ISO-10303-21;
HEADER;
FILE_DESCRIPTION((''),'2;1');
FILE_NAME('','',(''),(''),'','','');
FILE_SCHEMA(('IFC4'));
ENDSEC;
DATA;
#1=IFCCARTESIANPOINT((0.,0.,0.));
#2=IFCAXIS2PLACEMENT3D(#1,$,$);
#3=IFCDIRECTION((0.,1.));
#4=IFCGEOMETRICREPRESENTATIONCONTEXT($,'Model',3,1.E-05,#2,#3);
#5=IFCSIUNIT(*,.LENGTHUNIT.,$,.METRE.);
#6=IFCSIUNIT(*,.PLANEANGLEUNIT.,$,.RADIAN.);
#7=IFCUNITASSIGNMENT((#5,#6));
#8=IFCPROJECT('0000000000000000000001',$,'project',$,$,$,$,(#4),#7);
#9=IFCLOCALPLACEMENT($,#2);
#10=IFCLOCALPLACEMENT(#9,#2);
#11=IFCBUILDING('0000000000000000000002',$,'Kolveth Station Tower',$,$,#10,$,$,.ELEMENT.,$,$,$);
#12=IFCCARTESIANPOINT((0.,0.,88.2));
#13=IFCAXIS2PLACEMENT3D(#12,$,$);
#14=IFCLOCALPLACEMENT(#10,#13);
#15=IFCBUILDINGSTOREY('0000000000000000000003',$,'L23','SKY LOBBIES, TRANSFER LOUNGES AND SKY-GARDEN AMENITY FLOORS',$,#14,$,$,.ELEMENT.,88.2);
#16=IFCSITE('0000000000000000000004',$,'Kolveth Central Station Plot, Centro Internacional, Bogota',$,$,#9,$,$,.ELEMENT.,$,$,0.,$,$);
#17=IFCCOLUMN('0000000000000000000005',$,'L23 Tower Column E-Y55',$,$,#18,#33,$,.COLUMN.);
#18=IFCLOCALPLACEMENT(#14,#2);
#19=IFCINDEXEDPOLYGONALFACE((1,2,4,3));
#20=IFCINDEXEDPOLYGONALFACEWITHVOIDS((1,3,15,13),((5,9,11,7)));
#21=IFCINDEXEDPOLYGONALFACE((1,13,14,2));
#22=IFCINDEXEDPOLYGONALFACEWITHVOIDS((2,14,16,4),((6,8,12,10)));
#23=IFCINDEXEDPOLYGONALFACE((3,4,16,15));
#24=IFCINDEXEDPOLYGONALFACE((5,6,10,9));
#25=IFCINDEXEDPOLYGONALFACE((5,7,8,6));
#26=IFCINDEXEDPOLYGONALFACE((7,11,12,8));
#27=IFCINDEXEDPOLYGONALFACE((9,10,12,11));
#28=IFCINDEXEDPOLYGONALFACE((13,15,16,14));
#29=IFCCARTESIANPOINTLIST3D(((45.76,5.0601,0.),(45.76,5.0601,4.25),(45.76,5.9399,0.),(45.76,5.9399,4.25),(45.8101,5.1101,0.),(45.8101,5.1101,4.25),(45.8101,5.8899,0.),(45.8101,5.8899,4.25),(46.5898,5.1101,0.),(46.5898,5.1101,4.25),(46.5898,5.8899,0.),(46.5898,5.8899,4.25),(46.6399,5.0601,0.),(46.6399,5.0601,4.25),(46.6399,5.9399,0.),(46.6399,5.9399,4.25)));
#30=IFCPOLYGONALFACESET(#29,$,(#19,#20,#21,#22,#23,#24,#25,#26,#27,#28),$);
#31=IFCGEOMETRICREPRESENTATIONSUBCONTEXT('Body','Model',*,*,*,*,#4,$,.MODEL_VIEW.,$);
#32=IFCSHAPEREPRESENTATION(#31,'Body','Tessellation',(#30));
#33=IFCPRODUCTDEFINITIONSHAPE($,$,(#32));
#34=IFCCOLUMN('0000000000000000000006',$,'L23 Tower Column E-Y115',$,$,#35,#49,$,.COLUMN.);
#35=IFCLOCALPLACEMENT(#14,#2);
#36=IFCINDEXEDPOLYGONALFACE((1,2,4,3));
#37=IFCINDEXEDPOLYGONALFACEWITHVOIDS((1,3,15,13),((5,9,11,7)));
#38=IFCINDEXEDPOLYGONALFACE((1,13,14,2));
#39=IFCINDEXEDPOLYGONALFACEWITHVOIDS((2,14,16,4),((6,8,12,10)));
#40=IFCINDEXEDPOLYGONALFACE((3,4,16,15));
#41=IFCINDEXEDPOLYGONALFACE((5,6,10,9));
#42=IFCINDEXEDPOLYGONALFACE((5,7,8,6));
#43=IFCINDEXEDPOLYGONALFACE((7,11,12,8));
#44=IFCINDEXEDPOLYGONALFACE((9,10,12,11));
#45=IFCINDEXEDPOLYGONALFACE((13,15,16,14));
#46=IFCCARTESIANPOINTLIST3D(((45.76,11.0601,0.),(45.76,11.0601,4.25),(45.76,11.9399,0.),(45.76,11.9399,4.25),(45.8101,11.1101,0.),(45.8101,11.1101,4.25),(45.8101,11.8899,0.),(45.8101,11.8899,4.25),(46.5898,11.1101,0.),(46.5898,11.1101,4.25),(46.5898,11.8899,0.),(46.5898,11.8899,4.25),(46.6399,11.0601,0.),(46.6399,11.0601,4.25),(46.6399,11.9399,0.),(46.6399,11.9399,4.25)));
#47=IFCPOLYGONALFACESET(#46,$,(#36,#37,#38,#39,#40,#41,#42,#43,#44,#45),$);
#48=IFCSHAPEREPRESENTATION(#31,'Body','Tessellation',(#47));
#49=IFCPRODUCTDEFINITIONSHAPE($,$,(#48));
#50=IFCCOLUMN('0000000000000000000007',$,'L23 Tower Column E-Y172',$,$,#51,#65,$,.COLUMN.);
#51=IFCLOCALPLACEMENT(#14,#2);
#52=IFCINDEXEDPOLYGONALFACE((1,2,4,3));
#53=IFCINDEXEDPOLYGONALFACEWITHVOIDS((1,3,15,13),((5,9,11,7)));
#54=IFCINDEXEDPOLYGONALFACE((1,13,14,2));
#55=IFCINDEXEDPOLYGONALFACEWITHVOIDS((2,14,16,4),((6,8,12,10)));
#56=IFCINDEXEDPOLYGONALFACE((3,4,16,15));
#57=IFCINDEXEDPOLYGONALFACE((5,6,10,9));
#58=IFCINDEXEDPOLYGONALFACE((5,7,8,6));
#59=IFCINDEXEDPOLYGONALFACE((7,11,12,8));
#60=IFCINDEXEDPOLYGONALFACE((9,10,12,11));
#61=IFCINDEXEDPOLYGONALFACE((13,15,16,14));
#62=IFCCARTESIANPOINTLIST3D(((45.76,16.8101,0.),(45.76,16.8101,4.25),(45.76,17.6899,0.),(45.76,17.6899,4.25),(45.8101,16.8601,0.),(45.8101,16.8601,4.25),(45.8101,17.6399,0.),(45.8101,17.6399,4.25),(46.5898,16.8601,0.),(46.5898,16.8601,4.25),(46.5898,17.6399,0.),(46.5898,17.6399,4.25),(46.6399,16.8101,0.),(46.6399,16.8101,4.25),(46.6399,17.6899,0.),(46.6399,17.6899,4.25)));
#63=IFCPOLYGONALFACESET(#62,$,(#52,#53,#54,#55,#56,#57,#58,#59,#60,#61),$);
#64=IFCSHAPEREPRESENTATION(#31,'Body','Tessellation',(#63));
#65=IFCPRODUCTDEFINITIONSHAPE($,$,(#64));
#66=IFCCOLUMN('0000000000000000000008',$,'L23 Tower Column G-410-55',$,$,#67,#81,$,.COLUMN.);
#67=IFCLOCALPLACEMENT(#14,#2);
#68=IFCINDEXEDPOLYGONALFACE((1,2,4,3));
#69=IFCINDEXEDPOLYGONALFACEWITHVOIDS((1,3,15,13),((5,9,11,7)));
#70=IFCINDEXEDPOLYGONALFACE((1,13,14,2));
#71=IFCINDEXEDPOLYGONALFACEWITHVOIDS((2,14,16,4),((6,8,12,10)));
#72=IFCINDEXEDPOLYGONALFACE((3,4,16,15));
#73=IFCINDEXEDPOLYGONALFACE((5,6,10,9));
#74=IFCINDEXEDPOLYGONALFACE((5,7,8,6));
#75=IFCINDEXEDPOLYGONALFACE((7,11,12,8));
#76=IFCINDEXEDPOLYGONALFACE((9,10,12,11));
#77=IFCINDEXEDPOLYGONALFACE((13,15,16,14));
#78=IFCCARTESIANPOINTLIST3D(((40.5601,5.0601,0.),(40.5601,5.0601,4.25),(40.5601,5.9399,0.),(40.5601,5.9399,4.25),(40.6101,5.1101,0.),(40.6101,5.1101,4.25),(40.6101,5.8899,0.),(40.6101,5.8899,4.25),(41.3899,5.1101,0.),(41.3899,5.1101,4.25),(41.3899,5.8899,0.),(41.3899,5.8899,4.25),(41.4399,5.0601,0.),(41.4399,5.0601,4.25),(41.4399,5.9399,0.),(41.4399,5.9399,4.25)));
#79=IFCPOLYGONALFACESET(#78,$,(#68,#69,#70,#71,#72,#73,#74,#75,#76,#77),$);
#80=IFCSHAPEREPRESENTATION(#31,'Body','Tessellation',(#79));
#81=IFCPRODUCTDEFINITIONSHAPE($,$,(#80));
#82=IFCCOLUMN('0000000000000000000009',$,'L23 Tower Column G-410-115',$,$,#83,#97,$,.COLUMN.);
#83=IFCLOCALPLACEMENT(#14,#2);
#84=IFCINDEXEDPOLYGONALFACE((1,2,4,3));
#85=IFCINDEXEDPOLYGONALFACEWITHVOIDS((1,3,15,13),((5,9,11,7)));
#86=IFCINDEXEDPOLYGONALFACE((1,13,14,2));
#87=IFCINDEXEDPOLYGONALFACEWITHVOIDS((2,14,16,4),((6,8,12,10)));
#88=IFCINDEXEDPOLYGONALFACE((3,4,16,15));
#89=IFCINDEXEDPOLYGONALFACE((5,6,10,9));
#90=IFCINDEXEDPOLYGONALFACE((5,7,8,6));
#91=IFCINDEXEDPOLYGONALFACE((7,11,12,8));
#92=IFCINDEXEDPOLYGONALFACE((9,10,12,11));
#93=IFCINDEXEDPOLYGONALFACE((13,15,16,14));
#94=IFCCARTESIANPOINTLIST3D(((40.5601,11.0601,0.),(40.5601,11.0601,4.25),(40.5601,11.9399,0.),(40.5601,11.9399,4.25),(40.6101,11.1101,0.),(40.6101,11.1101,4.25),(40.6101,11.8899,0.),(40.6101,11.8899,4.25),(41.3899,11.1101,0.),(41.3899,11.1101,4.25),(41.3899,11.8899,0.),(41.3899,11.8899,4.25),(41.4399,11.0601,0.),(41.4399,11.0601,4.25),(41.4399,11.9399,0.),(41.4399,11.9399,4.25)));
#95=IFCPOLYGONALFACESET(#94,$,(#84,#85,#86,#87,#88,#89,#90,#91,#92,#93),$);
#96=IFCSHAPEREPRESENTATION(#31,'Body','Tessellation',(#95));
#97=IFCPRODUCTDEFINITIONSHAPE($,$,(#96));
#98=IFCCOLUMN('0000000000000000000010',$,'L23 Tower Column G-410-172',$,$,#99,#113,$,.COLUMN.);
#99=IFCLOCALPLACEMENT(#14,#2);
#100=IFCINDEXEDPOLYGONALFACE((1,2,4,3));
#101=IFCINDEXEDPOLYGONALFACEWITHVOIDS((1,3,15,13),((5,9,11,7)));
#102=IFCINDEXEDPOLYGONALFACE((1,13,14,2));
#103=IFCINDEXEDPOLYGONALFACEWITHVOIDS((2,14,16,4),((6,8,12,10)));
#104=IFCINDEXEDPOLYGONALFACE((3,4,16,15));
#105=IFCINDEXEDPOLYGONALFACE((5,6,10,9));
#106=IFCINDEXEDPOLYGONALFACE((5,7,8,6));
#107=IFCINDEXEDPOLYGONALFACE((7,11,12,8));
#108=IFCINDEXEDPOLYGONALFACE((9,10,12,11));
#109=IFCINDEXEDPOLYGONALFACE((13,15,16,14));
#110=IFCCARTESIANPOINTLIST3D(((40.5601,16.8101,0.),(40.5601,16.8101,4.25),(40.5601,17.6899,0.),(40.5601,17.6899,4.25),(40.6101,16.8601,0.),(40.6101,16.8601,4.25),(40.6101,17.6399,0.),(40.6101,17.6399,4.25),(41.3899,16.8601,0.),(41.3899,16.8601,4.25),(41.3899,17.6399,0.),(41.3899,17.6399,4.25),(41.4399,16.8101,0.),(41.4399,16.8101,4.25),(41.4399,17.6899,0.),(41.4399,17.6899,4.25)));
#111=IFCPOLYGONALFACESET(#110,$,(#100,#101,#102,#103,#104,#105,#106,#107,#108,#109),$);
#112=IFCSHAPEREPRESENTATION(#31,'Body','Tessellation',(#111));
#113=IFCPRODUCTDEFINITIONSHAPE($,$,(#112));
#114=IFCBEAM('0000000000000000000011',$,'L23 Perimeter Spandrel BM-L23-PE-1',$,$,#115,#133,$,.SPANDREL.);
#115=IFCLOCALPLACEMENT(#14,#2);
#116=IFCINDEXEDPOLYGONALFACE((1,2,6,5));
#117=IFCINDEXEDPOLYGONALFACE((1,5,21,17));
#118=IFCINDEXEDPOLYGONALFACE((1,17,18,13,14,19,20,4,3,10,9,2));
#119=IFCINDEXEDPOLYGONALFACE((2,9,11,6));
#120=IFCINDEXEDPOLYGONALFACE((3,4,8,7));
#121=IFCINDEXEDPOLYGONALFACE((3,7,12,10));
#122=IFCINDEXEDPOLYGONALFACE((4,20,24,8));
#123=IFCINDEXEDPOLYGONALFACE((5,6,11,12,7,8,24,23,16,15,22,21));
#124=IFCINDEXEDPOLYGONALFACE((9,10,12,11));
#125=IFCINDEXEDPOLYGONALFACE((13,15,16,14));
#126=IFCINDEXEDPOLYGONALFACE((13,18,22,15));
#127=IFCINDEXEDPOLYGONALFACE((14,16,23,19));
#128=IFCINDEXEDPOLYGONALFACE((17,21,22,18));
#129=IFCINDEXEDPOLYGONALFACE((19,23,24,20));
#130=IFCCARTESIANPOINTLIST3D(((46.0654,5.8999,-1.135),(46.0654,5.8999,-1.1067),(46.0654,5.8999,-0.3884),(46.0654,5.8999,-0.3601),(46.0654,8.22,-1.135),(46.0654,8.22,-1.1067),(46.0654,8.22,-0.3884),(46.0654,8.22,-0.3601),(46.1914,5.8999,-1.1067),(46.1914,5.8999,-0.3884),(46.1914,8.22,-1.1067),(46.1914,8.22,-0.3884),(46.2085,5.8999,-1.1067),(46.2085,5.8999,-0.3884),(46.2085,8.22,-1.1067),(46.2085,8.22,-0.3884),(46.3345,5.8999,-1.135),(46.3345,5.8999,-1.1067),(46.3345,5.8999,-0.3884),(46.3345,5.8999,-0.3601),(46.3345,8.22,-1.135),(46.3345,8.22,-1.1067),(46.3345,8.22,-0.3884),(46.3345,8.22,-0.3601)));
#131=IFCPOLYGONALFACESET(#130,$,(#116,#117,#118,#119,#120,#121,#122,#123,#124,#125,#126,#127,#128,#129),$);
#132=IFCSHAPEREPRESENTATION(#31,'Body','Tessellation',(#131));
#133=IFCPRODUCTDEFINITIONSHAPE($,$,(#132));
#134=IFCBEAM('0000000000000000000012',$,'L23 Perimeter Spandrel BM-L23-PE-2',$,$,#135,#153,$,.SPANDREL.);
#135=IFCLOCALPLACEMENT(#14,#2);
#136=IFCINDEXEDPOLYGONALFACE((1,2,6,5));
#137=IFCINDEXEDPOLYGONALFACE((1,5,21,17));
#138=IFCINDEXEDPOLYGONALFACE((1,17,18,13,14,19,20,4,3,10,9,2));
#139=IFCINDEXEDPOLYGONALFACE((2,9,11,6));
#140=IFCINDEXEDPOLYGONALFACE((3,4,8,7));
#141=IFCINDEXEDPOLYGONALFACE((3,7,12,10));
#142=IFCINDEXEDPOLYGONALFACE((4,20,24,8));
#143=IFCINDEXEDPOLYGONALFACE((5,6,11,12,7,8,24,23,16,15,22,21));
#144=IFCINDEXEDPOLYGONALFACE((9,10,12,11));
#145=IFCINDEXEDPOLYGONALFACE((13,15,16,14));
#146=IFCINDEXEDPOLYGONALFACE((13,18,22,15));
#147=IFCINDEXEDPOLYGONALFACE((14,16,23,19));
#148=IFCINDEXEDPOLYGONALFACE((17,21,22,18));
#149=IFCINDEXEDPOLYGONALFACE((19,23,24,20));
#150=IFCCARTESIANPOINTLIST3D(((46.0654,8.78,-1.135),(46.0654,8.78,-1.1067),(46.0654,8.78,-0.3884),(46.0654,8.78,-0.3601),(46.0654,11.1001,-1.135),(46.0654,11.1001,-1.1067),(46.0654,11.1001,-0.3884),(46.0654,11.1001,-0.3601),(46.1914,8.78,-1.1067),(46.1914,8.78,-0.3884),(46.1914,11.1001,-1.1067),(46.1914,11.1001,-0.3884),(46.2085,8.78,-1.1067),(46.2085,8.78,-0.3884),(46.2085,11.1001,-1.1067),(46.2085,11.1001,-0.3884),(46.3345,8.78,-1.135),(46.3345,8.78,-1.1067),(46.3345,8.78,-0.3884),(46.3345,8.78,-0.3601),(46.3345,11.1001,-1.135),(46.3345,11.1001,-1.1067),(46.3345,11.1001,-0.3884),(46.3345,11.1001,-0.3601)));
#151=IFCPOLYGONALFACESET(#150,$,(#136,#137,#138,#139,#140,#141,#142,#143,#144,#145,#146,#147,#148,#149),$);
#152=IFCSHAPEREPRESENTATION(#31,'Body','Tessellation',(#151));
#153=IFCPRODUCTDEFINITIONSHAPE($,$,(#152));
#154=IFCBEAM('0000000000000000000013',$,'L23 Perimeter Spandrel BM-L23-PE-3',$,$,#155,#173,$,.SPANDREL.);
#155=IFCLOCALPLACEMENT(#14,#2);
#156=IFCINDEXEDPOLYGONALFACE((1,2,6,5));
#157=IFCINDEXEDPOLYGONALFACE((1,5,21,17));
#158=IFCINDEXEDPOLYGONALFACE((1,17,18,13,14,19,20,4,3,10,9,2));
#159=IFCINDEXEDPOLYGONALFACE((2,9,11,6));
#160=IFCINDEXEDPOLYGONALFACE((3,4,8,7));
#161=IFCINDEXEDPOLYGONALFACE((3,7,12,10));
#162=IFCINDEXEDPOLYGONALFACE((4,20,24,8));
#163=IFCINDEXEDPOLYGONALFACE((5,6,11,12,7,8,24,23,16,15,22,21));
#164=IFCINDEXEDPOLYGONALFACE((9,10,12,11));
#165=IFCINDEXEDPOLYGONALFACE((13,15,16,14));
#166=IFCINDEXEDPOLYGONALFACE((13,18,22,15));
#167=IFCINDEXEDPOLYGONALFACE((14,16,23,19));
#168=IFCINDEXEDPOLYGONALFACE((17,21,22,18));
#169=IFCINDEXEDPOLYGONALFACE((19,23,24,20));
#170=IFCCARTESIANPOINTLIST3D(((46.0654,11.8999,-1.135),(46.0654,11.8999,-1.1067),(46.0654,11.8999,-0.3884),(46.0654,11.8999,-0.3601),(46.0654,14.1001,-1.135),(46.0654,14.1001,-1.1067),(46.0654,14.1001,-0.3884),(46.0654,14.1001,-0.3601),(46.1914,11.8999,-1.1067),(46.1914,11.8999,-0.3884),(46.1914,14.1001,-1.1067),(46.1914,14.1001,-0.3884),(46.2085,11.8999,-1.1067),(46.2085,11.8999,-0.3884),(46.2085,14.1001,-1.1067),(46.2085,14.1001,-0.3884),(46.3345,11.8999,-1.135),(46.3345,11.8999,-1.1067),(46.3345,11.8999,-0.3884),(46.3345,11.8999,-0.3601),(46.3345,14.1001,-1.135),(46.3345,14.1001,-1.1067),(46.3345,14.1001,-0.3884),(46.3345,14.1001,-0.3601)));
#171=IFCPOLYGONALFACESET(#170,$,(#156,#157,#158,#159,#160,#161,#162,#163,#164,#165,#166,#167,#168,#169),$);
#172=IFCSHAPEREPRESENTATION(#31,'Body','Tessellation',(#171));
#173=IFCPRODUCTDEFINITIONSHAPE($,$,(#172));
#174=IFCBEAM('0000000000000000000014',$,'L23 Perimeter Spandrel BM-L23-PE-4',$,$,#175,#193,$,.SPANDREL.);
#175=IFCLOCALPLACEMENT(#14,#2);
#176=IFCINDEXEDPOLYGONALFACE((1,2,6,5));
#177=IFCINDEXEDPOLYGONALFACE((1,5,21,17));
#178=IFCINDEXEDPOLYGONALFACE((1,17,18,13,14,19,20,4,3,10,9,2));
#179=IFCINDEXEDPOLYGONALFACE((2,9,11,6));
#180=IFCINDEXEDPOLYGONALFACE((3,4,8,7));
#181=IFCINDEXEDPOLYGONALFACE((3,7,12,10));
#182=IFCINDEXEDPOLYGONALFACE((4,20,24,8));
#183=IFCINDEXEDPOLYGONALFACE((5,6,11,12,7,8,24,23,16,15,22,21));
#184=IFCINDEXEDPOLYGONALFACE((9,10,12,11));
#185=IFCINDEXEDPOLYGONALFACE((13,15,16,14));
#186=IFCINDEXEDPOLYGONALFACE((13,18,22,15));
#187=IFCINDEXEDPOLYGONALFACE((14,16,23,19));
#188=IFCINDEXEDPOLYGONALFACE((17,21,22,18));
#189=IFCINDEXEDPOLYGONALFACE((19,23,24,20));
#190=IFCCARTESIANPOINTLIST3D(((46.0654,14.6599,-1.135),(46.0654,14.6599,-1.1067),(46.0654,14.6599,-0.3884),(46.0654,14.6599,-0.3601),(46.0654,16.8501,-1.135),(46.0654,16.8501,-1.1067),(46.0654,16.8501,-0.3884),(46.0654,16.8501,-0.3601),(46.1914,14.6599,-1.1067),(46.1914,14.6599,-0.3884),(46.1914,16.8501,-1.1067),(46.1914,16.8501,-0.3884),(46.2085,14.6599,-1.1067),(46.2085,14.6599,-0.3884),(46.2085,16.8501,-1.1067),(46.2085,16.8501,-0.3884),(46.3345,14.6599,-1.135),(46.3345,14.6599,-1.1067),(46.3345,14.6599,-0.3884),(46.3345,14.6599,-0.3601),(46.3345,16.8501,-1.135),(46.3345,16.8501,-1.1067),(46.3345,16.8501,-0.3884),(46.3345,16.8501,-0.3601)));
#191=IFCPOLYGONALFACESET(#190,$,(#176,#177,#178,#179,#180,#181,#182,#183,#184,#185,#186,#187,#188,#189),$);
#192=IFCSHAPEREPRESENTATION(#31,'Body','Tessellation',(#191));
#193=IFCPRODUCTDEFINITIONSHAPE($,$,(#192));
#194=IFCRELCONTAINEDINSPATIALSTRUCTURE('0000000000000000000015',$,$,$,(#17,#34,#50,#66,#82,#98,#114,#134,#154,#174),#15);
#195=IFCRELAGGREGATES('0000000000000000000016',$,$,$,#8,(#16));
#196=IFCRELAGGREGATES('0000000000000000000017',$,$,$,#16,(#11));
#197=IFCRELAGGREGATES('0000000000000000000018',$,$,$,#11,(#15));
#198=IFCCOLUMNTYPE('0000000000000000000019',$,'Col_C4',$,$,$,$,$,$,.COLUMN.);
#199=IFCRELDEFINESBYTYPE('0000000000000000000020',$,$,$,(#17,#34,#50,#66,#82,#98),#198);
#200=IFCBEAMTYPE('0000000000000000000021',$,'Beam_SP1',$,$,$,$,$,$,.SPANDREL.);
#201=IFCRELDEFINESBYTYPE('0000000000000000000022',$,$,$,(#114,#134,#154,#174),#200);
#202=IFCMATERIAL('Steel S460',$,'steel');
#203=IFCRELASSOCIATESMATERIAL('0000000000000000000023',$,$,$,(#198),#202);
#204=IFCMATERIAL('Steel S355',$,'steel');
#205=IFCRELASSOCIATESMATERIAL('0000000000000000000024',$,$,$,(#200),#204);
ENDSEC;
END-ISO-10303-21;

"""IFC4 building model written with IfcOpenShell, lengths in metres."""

from ifc_helpers import new_model, si_unit, direction, frame, origin, origin_2d, place, context, subcontext, project, spatial, hollow_rectangle, i_section, extrude, source, transform, mapped, material, material_profile, profile_set, type_object, element, save


model = new_model("IFC4")

# Units and contexts
model_context = context("Model", 3, precision=1e-05, world=origin(), true_north=direction((0.0, 1.0)))
body_context = subcontext(model_context, "Body", "Model", "MODEL_VIEW")
ifc_project = project(units=[si_unit("LENGTHUNIT", "METRE"), si_unit("PLANEANGLEUNIT", "RADIAN")], contexts=[model_context])

# Site, building, storey
site_placement = place(None, origin())
site = spatial("IfcSite", under=ifc_project, at=site_placement, Name="Kolveth Central Station Plot, Centro Internacional, Bogota", CompositionType="ELEMENT", RefElevation=0.0)
building_placement = place(site_placement, origin())
building = spatial("IfcBuilding", under=site, at=building_placement, Name="Kolveth Station Tower", CompositionType="ELEMENT")
storey_placement = place(building_placement, frame((0.0, 0.0, 88.2)))
storey = spatial("IfcBuildingStorey", under=building, at=storey_placement, Name="L23", Description="SKY LOBBIES, TRANSFER LOUNGES AND SKY-GARDEN AMENITY FLOORS", CompositionType="ELEMENT", Elevation=88.2)

# Columns
ifc_material_1 = material(Name="Steel S460", Category="steel")
ifc_material_profile_1 = material_profile(ifc_material_1, hollow_rectangle(XDim=0.8799, YDim=0.8799, WallThickness=0.05, at=origin_2d()), Name="BOX880x880x50")
ifc_profile_set_1 = profile_set([ifc_material_profile_1], Name="Steel S460")
column_type = type_object("IfcColumnType", Name="Col_C4", PredefinedType="COLUMN", material=ifc_profile_set_1)
shared_shape_1 = source(origin(), body_context, "Body", "SweptSolid", [
    extrude(hollow_rectangle(XDim=0.8799, YDim=0.8799, WallThickness=0.05, at=origin_2d()), origin(), (0.0, 0.0, 1.0), 4.25),
])
for number, where, z_axis, x_axis, name in (
    (1, (46.2, 5.5, 0.0), (0.0, 0.0, 1.0), (1.0, 0.0, 0.0), "L23 Tower Column E-Y55"),
    (2, (46.2, 11.5, 0.0), (0.0, 0.0, 1.0), (1.0, 0.0, 0.0), "L23 Tower Column E-Y115"),
    (3, (46.2, 17.25, 0.0), (0.0, 0.0, 1.0), (1.0, 0.0, 0.0), "L23 Tower Column E-Y172"),
    (4, (41.0, 5.5, 0.0), (0.0, 0.0, 1.0), (1.0, 0.0, 0.0), "L23 Tower Column G-410-55"),
    (5, (41.0, 11.5, 0.0), (0.0, 0.0, 1.0), (1.0, 0.0, 0.0), "L23 Tower Column G-410-115"),
    (6, (41.0, 17.25, 0.0), (0.0, 0.0, 1.0), (1.0, 0.0, 0.0), "L23 Tower Column G-410-172"),
):
    element("IfcColumn", number, at=place(storey_placement, frame(where, z_axis=z_axis, x_axis=x_axis)), inside=storey, type_object=column_type, Name=name, PredefinedType="COLUMN", context=body_context, shape_type="MappedRepresentation", body=[
        mapped(shared_shape_1, transform((0.0, 0.0, 0.0), x_axis=(1.0, 0.0, 0.0), y_axis=(0.0, 1.0, 0.0), z_axis=(0.0, 0.0, 1.0), scale=1.0)),
    ])

# Beams
ifc_material_2 = material(Name="Steel S355", Category="steel")
ifc_material_profile_2 = material_profile(ifc_material_2, i_section(OverallWidth=0.269, OverallDepth=0.7749, WebThickness=0.0171, FlangeThickness=0.0283, at=origin_2d()), Name="W760x220")
ifc_profile_set_2 = profile_set([ifc_material_profile_2], Name="Steel S355")
beam_type_1 = type_object("IfcBeamType", Name="Beam_SP1", PredefinedType="SPANDREL", material=ifc_profile_set_2)
shared_shape_2 = source(origin(), body_context, "Body", "SweptSolid", [
    extrude(i_section(OverallWidth=0.269, OverallDepth=0.7749, WebThickness=0.0171, FlangeThickness=0.0283, at=origin_2d()), origin(), (0.0, 0.0, 1.0), 2.3201),
])
for number, where, z_axis, x_axis, name in (
    (7, (46.2, 5.8999, -0.7476), (0.0, 1.0, 0.0), (-1.0, 0.0, 0.0), "L23 Perimeter Spandrel BM-L23-PE-1"),
    (8, (46.2, 8.78, -0.7476), (0.0, 1.0, 0.0), (-1.0, 0.0, 0.0), "L23 Perimeter Spandrel BM-L23-PE-2"),
):
    element("IfcBeam", number, at=place(storey_placement, frame(where, z_axis=z_axis, x_axis=x_axis)), inside=storey, type_object=beam_type_1, Name=name, PredefinedType="SPANDREL", context=body_context, shape_type="MappedRepresentation", body=[
        mapped(shared_shape_2, transform((0.0, 0.0, 0.0), x_axis=(1.0, 0.0, 0.0), y_axis=(0.0, 1.0, 0.0), z_axis=(0.0, 0.0, 1.0), scale=1.0)),
    ])
shared_shape_3 = source(origin(), body_context, "Body", "SweptSolid", [
    extrude(i_section(OverallWidth=0.269, OverallDepth=0.7749, WebThickness=0.0171, FlangeThickness=0.0283, at=origin_2d()), origin(), (0.0, 0.0, 1.0), 2.2002),
])
beam_1_placement = place(storey_placement, frame((46.2, 11.8999, -0.7476), z_axis=(0.0, 1.0, 0.0), x_axis=(-1.0, 0.0, 0.0)))
element("IfcBeam", 9, at=beam_1_placement, inside=storey, type_object=beam_type_1, Name="L23 Perimeter Spandrel BM-L23-PE-3", PredefinedType="SPANDREL", context=body_context, shape_type="MappedRepresentation", body=[
    mapped(shared_shape_3, transform((0.0, 0.0, 0.0), x_axis=(1.0, 0.0, 0.0), y_axis=(0.0, 1.0, 0.0), z_axis=(0.0, 0.0, 1.0), scale=1.0)),
])
shared_shape_4 = source(origin(), body_context, "Body", "SweptSolid", [
    extrude(i_section(OverallWidth=0.269, OverallDepth=0.7749, WebThickness=0.0171, FlangeThickness=0.0283, at=origin_2d()), origin(), (0.0, 0.0, 1.0), 2.1902),
])
for number, where, z_axis, x_axis, name in (
    (10, (46.2, 14.6599, -0.7476), (0.0, 1.0, 0.0), (-1.0, 0.0, 0.0), "L23 Perimeter Spandrel BM-L23-PE-4"),
):
    element("IfcBeam", number, at=place(storey_placement, frame(where, z_axis=z_axis, x_axis=x_axis)), inside=storey, type_object=beam_type_1, Name=name, PredefinedType="SPANDREL", context=body_context, shape_type="MappedRepresentation", body=[
        mapped(shared_shape_4, transform((0.0, 0.0, 0.0), x_axis=(1.0, 0.0, 0.0), y_axis=(0.0, 1.0, 0.0), z_axis=(0.0, 0.0, 1.0), scale=1.0)),
    ])

save(model, "model.ifc")
